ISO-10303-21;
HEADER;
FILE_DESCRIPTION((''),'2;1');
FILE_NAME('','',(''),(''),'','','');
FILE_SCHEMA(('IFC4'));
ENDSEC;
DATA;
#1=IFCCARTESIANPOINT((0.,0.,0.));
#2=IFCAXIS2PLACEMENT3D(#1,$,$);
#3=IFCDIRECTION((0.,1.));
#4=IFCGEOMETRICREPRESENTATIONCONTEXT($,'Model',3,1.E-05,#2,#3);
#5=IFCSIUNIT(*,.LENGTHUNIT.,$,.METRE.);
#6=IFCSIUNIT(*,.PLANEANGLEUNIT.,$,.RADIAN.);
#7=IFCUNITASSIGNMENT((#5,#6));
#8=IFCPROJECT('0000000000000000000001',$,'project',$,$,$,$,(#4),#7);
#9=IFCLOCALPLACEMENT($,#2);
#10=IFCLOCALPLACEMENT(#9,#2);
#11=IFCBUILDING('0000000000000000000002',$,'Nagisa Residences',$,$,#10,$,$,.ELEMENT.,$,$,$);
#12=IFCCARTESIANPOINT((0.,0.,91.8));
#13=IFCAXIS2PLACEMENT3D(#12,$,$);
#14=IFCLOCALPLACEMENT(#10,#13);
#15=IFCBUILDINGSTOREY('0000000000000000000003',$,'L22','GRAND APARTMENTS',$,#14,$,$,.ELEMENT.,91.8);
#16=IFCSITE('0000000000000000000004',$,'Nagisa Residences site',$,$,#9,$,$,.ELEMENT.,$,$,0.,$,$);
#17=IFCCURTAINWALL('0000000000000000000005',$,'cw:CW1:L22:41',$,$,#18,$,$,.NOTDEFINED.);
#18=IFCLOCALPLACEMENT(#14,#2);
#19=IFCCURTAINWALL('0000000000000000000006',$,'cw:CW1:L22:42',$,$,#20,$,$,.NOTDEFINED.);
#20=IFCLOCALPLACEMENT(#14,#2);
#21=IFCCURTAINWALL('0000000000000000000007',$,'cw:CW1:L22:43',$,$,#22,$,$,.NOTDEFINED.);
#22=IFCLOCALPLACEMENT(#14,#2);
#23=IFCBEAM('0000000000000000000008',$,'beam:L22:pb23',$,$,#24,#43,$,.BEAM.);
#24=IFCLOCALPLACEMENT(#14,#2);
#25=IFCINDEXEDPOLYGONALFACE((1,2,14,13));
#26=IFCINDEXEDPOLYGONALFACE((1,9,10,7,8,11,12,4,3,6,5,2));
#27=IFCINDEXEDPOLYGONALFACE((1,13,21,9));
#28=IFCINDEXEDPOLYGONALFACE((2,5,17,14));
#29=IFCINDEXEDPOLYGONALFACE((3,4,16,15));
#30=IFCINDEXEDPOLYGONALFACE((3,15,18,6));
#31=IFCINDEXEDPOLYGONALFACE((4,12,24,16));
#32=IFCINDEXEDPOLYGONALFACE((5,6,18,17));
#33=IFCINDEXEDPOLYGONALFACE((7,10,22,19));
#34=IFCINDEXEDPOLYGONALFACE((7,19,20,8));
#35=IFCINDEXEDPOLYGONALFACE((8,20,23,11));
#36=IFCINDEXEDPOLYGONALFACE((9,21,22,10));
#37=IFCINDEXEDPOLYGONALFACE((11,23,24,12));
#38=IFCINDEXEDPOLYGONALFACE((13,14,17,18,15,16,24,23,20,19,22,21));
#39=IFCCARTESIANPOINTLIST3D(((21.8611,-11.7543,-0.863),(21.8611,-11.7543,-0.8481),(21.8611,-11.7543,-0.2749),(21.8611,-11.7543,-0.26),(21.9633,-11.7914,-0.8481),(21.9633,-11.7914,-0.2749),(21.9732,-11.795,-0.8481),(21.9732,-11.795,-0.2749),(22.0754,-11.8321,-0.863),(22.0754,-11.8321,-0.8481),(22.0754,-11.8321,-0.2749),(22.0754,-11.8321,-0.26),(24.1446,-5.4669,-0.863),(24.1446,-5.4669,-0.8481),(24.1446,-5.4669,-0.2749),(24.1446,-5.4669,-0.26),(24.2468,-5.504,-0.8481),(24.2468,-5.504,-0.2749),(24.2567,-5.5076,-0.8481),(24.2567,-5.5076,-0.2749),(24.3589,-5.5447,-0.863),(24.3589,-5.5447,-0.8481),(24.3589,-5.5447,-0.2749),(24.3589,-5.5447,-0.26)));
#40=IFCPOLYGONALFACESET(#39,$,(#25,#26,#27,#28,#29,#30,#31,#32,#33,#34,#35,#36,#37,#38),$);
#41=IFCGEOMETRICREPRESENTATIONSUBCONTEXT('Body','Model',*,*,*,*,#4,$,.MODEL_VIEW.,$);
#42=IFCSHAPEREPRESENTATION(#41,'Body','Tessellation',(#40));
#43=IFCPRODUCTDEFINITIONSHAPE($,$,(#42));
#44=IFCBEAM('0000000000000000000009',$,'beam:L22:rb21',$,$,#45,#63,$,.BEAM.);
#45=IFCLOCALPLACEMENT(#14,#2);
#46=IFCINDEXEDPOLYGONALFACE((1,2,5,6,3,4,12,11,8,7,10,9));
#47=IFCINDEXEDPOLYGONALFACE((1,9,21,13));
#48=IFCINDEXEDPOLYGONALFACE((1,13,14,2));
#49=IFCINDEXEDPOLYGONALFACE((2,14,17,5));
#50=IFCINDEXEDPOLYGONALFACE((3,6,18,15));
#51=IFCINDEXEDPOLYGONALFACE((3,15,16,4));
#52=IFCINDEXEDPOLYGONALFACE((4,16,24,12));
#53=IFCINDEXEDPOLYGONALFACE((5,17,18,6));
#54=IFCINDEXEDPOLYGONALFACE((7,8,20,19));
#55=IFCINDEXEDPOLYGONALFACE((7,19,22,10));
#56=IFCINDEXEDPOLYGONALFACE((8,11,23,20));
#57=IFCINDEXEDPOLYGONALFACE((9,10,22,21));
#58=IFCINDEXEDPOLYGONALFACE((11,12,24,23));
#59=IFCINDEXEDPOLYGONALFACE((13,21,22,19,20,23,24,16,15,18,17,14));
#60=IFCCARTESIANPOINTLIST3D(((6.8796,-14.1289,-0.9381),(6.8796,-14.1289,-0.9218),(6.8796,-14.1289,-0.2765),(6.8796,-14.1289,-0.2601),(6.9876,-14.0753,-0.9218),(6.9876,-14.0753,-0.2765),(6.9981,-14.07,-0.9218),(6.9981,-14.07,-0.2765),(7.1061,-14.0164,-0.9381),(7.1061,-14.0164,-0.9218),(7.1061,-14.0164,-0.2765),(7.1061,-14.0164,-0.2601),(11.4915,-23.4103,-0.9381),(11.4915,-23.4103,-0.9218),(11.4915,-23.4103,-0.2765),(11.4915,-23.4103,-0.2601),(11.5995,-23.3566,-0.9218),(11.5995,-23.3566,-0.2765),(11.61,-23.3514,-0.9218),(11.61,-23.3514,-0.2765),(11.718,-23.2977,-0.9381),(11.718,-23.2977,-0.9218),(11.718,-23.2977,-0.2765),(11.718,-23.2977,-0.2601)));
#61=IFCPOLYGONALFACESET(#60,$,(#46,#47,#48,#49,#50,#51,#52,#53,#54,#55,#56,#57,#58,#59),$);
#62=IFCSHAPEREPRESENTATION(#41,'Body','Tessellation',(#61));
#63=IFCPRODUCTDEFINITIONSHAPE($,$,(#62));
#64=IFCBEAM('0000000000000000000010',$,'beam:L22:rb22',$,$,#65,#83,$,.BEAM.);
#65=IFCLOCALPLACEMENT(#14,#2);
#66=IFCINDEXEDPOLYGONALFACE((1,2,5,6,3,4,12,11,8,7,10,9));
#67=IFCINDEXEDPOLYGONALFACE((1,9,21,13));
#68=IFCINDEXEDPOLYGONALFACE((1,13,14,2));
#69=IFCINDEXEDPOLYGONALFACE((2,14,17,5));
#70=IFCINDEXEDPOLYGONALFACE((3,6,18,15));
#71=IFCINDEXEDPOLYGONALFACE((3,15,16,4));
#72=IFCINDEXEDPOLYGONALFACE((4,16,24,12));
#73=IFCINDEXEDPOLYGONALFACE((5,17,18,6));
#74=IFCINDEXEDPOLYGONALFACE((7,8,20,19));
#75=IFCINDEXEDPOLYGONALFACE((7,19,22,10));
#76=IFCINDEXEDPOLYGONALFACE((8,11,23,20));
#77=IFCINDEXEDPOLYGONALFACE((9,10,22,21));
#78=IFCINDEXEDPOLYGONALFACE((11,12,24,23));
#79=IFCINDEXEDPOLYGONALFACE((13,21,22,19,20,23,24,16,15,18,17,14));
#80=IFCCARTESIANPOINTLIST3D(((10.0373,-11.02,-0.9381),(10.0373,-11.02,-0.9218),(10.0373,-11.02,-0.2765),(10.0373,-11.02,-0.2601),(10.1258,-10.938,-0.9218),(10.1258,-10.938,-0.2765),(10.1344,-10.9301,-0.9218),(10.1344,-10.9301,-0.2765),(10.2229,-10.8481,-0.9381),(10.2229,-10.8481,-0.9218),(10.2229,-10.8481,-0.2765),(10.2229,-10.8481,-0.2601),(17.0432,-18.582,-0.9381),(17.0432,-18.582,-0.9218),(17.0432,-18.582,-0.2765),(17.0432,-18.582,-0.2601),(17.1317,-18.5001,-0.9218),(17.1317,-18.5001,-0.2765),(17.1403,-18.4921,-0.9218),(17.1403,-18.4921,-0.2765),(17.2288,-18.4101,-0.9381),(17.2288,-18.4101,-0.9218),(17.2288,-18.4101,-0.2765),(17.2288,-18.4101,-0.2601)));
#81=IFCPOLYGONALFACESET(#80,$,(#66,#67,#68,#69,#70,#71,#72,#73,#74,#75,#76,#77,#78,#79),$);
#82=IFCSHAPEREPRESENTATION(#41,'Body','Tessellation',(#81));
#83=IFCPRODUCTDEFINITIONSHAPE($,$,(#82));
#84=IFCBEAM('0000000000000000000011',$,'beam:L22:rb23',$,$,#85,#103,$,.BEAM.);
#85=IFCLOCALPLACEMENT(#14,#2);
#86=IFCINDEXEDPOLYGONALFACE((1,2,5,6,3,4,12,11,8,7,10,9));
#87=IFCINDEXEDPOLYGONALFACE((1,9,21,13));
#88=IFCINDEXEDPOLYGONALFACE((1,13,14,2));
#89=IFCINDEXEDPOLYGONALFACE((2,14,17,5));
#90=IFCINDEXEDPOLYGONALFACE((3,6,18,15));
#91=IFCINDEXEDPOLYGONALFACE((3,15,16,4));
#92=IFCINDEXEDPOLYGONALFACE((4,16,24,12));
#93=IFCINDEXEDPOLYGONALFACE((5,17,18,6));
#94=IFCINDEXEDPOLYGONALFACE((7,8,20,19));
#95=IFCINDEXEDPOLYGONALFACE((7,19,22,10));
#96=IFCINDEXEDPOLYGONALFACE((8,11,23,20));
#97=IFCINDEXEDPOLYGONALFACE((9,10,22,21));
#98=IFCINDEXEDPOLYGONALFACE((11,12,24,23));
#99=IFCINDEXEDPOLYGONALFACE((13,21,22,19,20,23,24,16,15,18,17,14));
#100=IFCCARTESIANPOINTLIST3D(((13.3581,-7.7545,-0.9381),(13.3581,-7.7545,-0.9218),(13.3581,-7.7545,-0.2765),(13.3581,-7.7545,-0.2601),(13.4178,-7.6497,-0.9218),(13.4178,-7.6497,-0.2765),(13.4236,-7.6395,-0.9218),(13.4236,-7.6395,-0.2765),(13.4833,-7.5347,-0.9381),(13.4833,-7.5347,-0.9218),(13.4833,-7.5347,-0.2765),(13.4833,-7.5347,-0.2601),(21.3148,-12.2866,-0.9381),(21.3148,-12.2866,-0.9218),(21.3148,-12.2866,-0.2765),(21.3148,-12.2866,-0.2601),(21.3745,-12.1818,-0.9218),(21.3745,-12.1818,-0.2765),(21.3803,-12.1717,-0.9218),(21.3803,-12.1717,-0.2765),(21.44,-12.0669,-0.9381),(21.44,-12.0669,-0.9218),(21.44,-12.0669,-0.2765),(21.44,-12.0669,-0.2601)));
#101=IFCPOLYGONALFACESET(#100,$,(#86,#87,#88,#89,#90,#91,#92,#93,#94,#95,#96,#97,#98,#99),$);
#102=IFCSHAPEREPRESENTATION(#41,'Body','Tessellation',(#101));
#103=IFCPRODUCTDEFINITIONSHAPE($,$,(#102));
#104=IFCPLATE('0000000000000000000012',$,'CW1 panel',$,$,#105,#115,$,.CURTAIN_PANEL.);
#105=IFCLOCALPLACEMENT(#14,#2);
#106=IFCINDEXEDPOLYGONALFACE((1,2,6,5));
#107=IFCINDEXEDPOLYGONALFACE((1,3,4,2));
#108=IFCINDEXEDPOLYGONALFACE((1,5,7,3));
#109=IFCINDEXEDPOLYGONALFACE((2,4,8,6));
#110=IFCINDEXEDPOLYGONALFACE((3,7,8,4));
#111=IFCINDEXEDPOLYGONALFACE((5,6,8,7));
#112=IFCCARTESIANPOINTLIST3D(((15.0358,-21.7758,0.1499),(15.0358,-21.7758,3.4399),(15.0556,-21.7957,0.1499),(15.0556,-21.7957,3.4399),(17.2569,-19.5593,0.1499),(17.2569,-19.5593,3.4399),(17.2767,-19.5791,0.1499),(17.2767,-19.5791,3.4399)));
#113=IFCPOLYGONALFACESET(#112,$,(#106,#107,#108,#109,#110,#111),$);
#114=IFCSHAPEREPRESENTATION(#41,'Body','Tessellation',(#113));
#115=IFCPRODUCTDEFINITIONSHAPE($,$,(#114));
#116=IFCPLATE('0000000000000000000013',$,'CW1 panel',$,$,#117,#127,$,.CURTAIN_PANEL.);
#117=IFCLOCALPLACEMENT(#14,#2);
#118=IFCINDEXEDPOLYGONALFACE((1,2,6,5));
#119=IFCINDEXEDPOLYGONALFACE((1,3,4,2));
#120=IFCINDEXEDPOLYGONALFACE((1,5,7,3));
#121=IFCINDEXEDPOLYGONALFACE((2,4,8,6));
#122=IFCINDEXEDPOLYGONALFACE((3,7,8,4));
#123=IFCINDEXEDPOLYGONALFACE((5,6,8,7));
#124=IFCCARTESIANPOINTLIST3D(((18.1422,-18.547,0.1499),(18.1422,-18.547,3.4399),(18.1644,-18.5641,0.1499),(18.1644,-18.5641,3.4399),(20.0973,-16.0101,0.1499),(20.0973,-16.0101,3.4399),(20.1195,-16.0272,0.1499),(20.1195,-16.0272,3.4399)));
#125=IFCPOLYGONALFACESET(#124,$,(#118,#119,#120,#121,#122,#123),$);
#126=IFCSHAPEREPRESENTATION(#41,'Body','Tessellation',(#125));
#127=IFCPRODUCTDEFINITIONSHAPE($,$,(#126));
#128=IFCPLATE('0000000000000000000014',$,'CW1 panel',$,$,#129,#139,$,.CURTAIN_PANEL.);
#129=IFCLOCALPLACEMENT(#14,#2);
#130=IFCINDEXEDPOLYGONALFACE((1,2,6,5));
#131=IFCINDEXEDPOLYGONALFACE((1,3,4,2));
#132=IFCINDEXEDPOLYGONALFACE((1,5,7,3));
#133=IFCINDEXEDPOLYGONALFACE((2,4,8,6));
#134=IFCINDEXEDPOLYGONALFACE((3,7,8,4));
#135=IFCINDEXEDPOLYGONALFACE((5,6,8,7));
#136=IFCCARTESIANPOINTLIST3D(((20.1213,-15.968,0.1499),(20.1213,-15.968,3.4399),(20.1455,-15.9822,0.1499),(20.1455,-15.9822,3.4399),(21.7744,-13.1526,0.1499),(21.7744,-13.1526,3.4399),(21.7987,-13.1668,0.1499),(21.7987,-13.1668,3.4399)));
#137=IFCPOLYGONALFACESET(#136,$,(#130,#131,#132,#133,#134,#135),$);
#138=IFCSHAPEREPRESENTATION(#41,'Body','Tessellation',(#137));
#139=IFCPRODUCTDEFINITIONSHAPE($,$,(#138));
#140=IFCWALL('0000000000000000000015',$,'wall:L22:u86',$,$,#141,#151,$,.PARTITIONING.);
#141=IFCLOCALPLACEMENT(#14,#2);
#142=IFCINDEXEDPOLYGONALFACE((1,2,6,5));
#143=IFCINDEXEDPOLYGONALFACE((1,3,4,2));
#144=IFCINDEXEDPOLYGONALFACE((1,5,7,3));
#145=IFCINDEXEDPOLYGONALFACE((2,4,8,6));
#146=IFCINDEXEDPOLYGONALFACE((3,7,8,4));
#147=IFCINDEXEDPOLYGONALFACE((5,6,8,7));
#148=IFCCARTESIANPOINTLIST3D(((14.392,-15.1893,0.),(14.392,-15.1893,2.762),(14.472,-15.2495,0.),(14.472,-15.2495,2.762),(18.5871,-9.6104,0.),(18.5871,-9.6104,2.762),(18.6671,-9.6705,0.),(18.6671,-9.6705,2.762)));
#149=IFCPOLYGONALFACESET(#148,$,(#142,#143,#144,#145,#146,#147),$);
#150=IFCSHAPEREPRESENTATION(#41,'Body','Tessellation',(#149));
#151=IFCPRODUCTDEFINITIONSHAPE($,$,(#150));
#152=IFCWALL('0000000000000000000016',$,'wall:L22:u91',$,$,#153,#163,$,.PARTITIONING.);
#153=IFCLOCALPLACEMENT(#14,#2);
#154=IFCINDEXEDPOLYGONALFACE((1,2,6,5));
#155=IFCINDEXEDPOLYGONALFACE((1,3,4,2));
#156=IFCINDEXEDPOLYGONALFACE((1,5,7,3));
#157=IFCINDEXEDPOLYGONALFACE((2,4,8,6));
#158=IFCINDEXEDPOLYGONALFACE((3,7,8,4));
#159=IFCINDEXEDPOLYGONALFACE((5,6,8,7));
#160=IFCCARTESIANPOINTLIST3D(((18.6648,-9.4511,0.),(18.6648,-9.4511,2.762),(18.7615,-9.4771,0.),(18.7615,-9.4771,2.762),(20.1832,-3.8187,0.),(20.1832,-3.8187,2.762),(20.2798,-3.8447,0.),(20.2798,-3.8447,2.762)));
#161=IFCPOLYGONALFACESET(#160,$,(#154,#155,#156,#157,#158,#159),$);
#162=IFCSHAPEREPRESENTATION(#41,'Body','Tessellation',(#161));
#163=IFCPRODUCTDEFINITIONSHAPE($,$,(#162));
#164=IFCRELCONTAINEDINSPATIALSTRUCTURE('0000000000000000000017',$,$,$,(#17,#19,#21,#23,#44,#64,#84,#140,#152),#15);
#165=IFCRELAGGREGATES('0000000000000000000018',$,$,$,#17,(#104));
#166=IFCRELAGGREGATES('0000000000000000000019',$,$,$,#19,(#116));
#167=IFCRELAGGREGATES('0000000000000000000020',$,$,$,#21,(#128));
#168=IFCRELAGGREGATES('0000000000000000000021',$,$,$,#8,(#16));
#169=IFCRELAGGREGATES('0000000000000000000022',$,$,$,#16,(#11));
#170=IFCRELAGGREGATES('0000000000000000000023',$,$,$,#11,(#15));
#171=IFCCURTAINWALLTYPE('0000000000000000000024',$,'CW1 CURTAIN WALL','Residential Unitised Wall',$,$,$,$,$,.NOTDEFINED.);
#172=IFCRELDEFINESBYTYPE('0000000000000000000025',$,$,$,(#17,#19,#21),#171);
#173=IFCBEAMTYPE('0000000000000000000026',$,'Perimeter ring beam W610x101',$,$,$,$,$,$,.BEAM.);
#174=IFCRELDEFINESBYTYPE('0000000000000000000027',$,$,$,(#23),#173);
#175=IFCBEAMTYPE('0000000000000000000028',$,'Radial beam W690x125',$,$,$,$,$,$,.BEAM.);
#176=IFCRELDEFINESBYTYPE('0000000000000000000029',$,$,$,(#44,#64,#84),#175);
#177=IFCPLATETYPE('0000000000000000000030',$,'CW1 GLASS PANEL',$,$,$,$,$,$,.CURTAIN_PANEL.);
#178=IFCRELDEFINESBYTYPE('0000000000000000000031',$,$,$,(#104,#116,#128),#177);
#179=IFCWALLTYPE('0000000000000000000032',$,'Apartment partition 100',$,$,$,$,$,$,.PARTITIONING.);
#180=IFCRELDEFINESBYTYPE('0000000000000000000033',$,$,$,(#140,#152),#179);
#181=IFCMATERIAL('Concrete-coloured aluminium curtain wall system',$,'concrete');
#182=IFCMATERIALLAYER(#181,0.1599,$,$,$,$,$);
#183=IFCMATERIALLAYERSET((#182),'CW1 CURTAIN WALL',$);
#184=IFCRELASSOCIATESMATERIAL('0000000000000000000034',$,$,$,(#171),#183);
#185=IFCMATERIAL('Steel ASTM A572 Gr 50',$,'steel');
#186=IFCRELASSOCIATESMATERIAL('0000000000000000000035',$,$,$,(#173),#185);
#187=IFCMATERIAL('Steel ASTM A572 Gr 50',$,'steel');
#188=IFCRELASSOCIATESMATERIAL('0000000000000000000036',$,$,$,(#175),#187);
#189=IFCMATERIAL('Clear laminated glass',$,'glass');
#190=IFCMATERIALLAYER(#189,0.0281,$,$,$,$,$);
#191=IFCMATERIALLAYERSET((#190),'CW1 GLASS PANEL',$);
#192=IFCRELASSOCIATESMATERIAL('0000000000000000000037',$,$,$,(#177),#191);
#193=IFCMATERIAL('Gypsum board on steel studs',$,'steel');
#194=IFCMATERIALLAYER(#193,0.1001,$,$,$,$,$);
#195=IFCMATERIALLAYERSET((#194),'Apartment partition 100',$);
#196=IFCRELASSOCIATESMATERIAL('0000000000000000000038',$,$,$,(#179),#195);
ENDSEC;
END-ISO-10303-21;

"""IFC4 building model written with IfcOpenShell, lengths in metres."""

from ifc_helpers import new_model, si_unit, direction, frame, frame_2d, origin, origin_2d, place, context, subcontext, project, spatial, rectangle, i_section, extrude, material, layer, layer_set, material_profile, profile_set, type_object, element, aggregate, save


model = new_model("IFC4")

# Units and contexts
model_context = context("Model", 3, precision=1e-05, world=origin(), true_north=direction((0.0, 1.0)))
body_context = subcontext(model_context, "Body", "Model", "MODEL_VIEW")
ifc_project = project(units=[si_unit("LENGTHUNIT", "METRE"), si_unit("PLANEANGLEUNIT", "RADIAN")], contexts=[model_context])

# Site, building, storey
site_placement = place(None, origin())
site = spatial("IfcSite", under=ifc_project, at=site_placement, Name="Nagisa Residences site", CompositionType="ELEMENT", RefElevation=0.0)
building_placement = place(site_placement, origin())
building = spatial("IfcBuilding", under=site, at=building_placement, Name="Nagisa Residences", CompositionType="ELEMENT")
storey_placement = place(building_placement, frame((0.0, 0.0, 91.8)))
storey = spatial("IfcBuildingStorey", under=building, at=storey_placement, Name="L22", Description="GRAND APARTMENTS", CompositionType="ELEMENT", Elevation=91.8)

# Curtain walls
ifc_material_1 = material(Name="Concrete-coloured aluminium curtain wall system", Category="concrete")
ifc_layer_1 = layer(ifc_material_1, 0.1599)
ifc_layer_set_1 = layer_set([ifc_layer_1], Name="CW1 CURTAIN WALL")
curtain_wall_type = type_object("IfcCurtainWallType", Name="CW1 CURTAIN WALL", Description="Residential Unitised Wall", PredefinedType="NOTDEFINED", material=ifc_layer_set_1)
curtain_wall_1_placement = place(storey_placement, origin())
curtain_wall_1 = element("IfcCurtainWall", 1, at=curtain_wall_1_placement, inside=storey, type_object=curtain_wall_type, Name="cw:CW1:L22:41", PredefinedType="NOTDEFINED")
curtain_wall_2_placement = place(storey_placement, origin())
curtain_wall_2 = element("IfcCurtainWall", 2, at=curtain_wall_2_placement, inside=storey, type_object=curtain_wall_type, Name="cw:CW1:L22:42", PredefinedType="NOTDEFINED")
curtain_wall_3_placement = place(storey_placement, origin())
curtain_wall_3 = element("IfcCurtainWall", 3, at=curtain_wall_3_placement, inside=storey, type_object=curtain_wall_type, Name="cw:CW1:L22:43", PredefinedType="NOTDEFINED")

# Beams
ifc_material_2 = material(Name="Steel ASTM A572 Gr 50", Category="steel")
ifc_material_profile_1 = material_profile(ifc_material_2, i_section(OverallWidth=0.228, OverallDepth=0.603, WebThickness=0.0105, FlangeThickness=0.0149, at=origin_2d()), Name="W610x101")
ifc_profile_set_1 = profile_set([ifc_material_profile_1], Name="Steel ASTM A572 Gr 50")
beam_type_1 = type_object("IfcBeamType", Name="Perimeter ring beam W610x101", PredefinedType="BEAM", material=ifc_profile_set_1)
beam_1_placement = place(storey_placement, frame((21.9683, -11.7932, -0.5615), z_axis=(0.341365, 0.939931, 0.0), x_axis=(-0.939931, 0.341365, 0.0)))
element("IfcBeam", 4, at=beam_1_placement, inside=storey, type_object=beam_type_1, Name="beam:L22:pb23", PredefinedType="BEAM", context=body_context, shape_type="SweptSolid", body=[
    extrude(i_section(OverallWidth=0.228, OverallDepth=0.603, WebThickness=0.0105, FlangeThickness=0.0149, at=origin_2d()), origin(), (0.0, 0.0, 1.0), 6.6892),
])
ifc_material_3 = material(Name="Steel ASTM A572 Gr 50", Category="steel")
ifc_material_profile_2 = material_profile(ifc_material_3, i_section(OverallWidth=0.2529, OverallDepth=0.678, WebThickness=0.0117, FlangeThickness=0.0164, at=origin_2d()), Name="W690x125")
ifc_profile_set_2 = profile_set([ifc_material_profile_2], Name="Steel ASTM A572 Gr 50")
beam_type_2 = type_object("IfcBeamType", Name="Radial beam W690x125", PredefinedType="BEAM", material=ifc_profile_set_2)
beam_2_placement = place(storey_placement, frame((11.6047, -23.354, -0.5991), z_axis=(-0.444988, 0.895536, 0.0), x_axis=(-0.895536, -0.444988, 0.0)))
element("IfcBeam", 5, at=beam_2_placement, inside=storey, type_object=beam_type_2, Name="beam:L22:rb21", PredefinedType="BEAM", context=body_context, shape_type="SweptSolid", body=[
    extrude(i_section(OverallWidth=0.2529, OverallDepth=0.678, WebThickness=0.0117, FlangeThickness=0.0164, at=origin_2d()), origin(), (0.0, 0.0, 1.0), 10.364),
])
beam_3_placement = place(storey_placement, frame((17.136, -18.4961, -0.5991), z_axis=(-0.679617, 0.733567, 0.0), x_axis=(-0.733567, -0.679617, 0.0)))
element("IfcBeam", 6, at=beam_3_placement, inside=storey, type_object=beam_type_2, Name="beam:L22:rb22", PredefinedType="BEAM", context=body_context, shape_type="SweptSolid", body=[
    extrude(i_section(OverallWidth=0.2529, OverallDepth=0.678, WebThickness=0.0117, FlangeThickness=0.0164, at=origin_2d()), origin(), (0.0, 0.0, 1.0), 10.3086),
])
beam_4_placement = place(storey_placement, frame((21.3774, -12.1768, -0.5991), z_axis=(-0.868925, 0.494944, 0.0), x_axis=(-0.494944, -0.868925, 0.0)))
element("IfcBeam", 7, at=beam_4_placement, inside=storey, type_object=beam_type_2, Name="beam:L22:rb23", PredefinedType="BEAM", context=body_context, shape_type="SweptSolid", body=[
    extrude(i_section(OverallWidth=0.2529, OverallDepth=0.678, WebThickness=0.0117, FlangeThickness=0.0164, at=origin_2d()), origin(), (0.0, 0.0, 1.0), 9.157),
])

# Plates
ifc_material_4 = material(Name="Clear laminated glass", Category="glass")
ifc_layer_2 = layer(ifc_material_4, 0.0281)
ifc_layer_set_2 = layer_set([ifc_layer_2], Name="CW1 GLASS PANEL")
plate_type = type_object("IfcPlateType", Name="CW1 GLASS PANEL", PredefinedType="CURTAIN_PANEL", material=ifc_layer_set_2)
plate_1_placement = place(storey_placement, frame((16.1562, -20.6775, 0.1499), z_axis=(0.0, 0.0, 1.0), x_axis=(0.707836, 0.706377, 0.0)))
plate_1 = element("IfcPlate", 8, at=plate_1_placement, type_object=plate_type, Name="CW1 panel", PredefinedType="CURTAIN_PANEL", context=body_context, shape_type="SweptSolid", body=[
    extrude(rectangle(XDim=3.1379, YDim=0.0281, at=origin_2d()), origin(), (0.0, 0.0, 1.0), 3.29),
])
aggregate(curtain_wall_1, [plate_1])
plate_2_placement = place(storey_placement, frame((19.1309, -17.2871, 0.1499), z_axis=(0.0, 0.0, 1.0), x_axis=(0.61043, 0.79207, 0.0)))
plate_2 = element("IfcPlate", 9, at=plate_2_placement, type_object=plate_type, Name="CW1 panel", PredefinedType="CURTAIN_PANEL", context=body_context, shape_type="SweptSolid", body=[
    extrude(rectangle(XDim=3.2029, YDim=0.0281, at=origin_2d()), origin(), (0.0, 0.0, 1.0), 3.29),
])
aggregate(curtain_wall_2, [plate_2])
plate_3_placement = place(storey_placement, frame((20.96, -14.5674, 0.1499), z_axis=(0.0, 0.0, 1.0), x_axis=(0.506349, 0.862329, 0.0)))
plate_3 = element("IfcPlate", 10, at=plate_3_placement, type_object=plate_type, Name="CW1 panel", PredefinedType="CURTAIN_PANEL", context=body_context, shape_type="SweptSolid", body=[
    extrude(rectangle(XDim=3.2649, YDim=0.0281, at=origin_2d()), origin(), (0.0, 0.0, 1.0), 3.29),
])
aggregate(curtain_wall_3, [plate_3])

# Walls
ifc_material_5 = material(Name="Gypsum board on steel studs", Category="steel")
ifc_layer_3 = layer(ifc_material_5, 0.1001)
ifc_layer_set_3 = layer_set([ifc_layer_3], Name="Apartment partition 100")
wall_type_1 = type_object("IfcWallType", Name="Apartment partition 100", PredefinedType="PARTITIONING", material=ifc_layer_set_3)
wall_1_placement = place(storey_placement, frame((14.4319, -15.2195, 0.0), z_axis=(0.0, 0.0, 1.0), x_axis=(0.601001, 0.799248, 0.0)))
element("IfcWall", 11, at=wall_1_placement, inside=storey, type_object=wall_type_1, Name="wall:L22:u86", PredefinedType="PARTITIONING", context=body_context, shape_type="SweptSolid", body=[
    extrude(rectangle(XDim=6.9802, YDim=0.1001, at=frame_2d((3.4902, 0.0))), origin(), (0.0, 0.0, 1.0), 2.762),
])
wall_2_placement = place(storey_placement, frame((18.7131, -9.4641, 0.0), z_axis=(0.0, 0.0, 1.0), x_axis=(0.26028, 0.965533, 0.0)))
element("IfcWall", 12, at=wall_2_placement, inside=storey, type_object=wall_type_1, Name="wall:L22:u91", PredefinedType="PARTITIONING", context=body_context, shape_type="SweptSolid", body=[
    extrude(rectangle(XDim=5.8335, YDim=0.1001, at=frame_2d((2.9167, 0.0))), origin(), (0.0, 0.0, 1.0), 2.762),
])

save(model, "model.ifc")
